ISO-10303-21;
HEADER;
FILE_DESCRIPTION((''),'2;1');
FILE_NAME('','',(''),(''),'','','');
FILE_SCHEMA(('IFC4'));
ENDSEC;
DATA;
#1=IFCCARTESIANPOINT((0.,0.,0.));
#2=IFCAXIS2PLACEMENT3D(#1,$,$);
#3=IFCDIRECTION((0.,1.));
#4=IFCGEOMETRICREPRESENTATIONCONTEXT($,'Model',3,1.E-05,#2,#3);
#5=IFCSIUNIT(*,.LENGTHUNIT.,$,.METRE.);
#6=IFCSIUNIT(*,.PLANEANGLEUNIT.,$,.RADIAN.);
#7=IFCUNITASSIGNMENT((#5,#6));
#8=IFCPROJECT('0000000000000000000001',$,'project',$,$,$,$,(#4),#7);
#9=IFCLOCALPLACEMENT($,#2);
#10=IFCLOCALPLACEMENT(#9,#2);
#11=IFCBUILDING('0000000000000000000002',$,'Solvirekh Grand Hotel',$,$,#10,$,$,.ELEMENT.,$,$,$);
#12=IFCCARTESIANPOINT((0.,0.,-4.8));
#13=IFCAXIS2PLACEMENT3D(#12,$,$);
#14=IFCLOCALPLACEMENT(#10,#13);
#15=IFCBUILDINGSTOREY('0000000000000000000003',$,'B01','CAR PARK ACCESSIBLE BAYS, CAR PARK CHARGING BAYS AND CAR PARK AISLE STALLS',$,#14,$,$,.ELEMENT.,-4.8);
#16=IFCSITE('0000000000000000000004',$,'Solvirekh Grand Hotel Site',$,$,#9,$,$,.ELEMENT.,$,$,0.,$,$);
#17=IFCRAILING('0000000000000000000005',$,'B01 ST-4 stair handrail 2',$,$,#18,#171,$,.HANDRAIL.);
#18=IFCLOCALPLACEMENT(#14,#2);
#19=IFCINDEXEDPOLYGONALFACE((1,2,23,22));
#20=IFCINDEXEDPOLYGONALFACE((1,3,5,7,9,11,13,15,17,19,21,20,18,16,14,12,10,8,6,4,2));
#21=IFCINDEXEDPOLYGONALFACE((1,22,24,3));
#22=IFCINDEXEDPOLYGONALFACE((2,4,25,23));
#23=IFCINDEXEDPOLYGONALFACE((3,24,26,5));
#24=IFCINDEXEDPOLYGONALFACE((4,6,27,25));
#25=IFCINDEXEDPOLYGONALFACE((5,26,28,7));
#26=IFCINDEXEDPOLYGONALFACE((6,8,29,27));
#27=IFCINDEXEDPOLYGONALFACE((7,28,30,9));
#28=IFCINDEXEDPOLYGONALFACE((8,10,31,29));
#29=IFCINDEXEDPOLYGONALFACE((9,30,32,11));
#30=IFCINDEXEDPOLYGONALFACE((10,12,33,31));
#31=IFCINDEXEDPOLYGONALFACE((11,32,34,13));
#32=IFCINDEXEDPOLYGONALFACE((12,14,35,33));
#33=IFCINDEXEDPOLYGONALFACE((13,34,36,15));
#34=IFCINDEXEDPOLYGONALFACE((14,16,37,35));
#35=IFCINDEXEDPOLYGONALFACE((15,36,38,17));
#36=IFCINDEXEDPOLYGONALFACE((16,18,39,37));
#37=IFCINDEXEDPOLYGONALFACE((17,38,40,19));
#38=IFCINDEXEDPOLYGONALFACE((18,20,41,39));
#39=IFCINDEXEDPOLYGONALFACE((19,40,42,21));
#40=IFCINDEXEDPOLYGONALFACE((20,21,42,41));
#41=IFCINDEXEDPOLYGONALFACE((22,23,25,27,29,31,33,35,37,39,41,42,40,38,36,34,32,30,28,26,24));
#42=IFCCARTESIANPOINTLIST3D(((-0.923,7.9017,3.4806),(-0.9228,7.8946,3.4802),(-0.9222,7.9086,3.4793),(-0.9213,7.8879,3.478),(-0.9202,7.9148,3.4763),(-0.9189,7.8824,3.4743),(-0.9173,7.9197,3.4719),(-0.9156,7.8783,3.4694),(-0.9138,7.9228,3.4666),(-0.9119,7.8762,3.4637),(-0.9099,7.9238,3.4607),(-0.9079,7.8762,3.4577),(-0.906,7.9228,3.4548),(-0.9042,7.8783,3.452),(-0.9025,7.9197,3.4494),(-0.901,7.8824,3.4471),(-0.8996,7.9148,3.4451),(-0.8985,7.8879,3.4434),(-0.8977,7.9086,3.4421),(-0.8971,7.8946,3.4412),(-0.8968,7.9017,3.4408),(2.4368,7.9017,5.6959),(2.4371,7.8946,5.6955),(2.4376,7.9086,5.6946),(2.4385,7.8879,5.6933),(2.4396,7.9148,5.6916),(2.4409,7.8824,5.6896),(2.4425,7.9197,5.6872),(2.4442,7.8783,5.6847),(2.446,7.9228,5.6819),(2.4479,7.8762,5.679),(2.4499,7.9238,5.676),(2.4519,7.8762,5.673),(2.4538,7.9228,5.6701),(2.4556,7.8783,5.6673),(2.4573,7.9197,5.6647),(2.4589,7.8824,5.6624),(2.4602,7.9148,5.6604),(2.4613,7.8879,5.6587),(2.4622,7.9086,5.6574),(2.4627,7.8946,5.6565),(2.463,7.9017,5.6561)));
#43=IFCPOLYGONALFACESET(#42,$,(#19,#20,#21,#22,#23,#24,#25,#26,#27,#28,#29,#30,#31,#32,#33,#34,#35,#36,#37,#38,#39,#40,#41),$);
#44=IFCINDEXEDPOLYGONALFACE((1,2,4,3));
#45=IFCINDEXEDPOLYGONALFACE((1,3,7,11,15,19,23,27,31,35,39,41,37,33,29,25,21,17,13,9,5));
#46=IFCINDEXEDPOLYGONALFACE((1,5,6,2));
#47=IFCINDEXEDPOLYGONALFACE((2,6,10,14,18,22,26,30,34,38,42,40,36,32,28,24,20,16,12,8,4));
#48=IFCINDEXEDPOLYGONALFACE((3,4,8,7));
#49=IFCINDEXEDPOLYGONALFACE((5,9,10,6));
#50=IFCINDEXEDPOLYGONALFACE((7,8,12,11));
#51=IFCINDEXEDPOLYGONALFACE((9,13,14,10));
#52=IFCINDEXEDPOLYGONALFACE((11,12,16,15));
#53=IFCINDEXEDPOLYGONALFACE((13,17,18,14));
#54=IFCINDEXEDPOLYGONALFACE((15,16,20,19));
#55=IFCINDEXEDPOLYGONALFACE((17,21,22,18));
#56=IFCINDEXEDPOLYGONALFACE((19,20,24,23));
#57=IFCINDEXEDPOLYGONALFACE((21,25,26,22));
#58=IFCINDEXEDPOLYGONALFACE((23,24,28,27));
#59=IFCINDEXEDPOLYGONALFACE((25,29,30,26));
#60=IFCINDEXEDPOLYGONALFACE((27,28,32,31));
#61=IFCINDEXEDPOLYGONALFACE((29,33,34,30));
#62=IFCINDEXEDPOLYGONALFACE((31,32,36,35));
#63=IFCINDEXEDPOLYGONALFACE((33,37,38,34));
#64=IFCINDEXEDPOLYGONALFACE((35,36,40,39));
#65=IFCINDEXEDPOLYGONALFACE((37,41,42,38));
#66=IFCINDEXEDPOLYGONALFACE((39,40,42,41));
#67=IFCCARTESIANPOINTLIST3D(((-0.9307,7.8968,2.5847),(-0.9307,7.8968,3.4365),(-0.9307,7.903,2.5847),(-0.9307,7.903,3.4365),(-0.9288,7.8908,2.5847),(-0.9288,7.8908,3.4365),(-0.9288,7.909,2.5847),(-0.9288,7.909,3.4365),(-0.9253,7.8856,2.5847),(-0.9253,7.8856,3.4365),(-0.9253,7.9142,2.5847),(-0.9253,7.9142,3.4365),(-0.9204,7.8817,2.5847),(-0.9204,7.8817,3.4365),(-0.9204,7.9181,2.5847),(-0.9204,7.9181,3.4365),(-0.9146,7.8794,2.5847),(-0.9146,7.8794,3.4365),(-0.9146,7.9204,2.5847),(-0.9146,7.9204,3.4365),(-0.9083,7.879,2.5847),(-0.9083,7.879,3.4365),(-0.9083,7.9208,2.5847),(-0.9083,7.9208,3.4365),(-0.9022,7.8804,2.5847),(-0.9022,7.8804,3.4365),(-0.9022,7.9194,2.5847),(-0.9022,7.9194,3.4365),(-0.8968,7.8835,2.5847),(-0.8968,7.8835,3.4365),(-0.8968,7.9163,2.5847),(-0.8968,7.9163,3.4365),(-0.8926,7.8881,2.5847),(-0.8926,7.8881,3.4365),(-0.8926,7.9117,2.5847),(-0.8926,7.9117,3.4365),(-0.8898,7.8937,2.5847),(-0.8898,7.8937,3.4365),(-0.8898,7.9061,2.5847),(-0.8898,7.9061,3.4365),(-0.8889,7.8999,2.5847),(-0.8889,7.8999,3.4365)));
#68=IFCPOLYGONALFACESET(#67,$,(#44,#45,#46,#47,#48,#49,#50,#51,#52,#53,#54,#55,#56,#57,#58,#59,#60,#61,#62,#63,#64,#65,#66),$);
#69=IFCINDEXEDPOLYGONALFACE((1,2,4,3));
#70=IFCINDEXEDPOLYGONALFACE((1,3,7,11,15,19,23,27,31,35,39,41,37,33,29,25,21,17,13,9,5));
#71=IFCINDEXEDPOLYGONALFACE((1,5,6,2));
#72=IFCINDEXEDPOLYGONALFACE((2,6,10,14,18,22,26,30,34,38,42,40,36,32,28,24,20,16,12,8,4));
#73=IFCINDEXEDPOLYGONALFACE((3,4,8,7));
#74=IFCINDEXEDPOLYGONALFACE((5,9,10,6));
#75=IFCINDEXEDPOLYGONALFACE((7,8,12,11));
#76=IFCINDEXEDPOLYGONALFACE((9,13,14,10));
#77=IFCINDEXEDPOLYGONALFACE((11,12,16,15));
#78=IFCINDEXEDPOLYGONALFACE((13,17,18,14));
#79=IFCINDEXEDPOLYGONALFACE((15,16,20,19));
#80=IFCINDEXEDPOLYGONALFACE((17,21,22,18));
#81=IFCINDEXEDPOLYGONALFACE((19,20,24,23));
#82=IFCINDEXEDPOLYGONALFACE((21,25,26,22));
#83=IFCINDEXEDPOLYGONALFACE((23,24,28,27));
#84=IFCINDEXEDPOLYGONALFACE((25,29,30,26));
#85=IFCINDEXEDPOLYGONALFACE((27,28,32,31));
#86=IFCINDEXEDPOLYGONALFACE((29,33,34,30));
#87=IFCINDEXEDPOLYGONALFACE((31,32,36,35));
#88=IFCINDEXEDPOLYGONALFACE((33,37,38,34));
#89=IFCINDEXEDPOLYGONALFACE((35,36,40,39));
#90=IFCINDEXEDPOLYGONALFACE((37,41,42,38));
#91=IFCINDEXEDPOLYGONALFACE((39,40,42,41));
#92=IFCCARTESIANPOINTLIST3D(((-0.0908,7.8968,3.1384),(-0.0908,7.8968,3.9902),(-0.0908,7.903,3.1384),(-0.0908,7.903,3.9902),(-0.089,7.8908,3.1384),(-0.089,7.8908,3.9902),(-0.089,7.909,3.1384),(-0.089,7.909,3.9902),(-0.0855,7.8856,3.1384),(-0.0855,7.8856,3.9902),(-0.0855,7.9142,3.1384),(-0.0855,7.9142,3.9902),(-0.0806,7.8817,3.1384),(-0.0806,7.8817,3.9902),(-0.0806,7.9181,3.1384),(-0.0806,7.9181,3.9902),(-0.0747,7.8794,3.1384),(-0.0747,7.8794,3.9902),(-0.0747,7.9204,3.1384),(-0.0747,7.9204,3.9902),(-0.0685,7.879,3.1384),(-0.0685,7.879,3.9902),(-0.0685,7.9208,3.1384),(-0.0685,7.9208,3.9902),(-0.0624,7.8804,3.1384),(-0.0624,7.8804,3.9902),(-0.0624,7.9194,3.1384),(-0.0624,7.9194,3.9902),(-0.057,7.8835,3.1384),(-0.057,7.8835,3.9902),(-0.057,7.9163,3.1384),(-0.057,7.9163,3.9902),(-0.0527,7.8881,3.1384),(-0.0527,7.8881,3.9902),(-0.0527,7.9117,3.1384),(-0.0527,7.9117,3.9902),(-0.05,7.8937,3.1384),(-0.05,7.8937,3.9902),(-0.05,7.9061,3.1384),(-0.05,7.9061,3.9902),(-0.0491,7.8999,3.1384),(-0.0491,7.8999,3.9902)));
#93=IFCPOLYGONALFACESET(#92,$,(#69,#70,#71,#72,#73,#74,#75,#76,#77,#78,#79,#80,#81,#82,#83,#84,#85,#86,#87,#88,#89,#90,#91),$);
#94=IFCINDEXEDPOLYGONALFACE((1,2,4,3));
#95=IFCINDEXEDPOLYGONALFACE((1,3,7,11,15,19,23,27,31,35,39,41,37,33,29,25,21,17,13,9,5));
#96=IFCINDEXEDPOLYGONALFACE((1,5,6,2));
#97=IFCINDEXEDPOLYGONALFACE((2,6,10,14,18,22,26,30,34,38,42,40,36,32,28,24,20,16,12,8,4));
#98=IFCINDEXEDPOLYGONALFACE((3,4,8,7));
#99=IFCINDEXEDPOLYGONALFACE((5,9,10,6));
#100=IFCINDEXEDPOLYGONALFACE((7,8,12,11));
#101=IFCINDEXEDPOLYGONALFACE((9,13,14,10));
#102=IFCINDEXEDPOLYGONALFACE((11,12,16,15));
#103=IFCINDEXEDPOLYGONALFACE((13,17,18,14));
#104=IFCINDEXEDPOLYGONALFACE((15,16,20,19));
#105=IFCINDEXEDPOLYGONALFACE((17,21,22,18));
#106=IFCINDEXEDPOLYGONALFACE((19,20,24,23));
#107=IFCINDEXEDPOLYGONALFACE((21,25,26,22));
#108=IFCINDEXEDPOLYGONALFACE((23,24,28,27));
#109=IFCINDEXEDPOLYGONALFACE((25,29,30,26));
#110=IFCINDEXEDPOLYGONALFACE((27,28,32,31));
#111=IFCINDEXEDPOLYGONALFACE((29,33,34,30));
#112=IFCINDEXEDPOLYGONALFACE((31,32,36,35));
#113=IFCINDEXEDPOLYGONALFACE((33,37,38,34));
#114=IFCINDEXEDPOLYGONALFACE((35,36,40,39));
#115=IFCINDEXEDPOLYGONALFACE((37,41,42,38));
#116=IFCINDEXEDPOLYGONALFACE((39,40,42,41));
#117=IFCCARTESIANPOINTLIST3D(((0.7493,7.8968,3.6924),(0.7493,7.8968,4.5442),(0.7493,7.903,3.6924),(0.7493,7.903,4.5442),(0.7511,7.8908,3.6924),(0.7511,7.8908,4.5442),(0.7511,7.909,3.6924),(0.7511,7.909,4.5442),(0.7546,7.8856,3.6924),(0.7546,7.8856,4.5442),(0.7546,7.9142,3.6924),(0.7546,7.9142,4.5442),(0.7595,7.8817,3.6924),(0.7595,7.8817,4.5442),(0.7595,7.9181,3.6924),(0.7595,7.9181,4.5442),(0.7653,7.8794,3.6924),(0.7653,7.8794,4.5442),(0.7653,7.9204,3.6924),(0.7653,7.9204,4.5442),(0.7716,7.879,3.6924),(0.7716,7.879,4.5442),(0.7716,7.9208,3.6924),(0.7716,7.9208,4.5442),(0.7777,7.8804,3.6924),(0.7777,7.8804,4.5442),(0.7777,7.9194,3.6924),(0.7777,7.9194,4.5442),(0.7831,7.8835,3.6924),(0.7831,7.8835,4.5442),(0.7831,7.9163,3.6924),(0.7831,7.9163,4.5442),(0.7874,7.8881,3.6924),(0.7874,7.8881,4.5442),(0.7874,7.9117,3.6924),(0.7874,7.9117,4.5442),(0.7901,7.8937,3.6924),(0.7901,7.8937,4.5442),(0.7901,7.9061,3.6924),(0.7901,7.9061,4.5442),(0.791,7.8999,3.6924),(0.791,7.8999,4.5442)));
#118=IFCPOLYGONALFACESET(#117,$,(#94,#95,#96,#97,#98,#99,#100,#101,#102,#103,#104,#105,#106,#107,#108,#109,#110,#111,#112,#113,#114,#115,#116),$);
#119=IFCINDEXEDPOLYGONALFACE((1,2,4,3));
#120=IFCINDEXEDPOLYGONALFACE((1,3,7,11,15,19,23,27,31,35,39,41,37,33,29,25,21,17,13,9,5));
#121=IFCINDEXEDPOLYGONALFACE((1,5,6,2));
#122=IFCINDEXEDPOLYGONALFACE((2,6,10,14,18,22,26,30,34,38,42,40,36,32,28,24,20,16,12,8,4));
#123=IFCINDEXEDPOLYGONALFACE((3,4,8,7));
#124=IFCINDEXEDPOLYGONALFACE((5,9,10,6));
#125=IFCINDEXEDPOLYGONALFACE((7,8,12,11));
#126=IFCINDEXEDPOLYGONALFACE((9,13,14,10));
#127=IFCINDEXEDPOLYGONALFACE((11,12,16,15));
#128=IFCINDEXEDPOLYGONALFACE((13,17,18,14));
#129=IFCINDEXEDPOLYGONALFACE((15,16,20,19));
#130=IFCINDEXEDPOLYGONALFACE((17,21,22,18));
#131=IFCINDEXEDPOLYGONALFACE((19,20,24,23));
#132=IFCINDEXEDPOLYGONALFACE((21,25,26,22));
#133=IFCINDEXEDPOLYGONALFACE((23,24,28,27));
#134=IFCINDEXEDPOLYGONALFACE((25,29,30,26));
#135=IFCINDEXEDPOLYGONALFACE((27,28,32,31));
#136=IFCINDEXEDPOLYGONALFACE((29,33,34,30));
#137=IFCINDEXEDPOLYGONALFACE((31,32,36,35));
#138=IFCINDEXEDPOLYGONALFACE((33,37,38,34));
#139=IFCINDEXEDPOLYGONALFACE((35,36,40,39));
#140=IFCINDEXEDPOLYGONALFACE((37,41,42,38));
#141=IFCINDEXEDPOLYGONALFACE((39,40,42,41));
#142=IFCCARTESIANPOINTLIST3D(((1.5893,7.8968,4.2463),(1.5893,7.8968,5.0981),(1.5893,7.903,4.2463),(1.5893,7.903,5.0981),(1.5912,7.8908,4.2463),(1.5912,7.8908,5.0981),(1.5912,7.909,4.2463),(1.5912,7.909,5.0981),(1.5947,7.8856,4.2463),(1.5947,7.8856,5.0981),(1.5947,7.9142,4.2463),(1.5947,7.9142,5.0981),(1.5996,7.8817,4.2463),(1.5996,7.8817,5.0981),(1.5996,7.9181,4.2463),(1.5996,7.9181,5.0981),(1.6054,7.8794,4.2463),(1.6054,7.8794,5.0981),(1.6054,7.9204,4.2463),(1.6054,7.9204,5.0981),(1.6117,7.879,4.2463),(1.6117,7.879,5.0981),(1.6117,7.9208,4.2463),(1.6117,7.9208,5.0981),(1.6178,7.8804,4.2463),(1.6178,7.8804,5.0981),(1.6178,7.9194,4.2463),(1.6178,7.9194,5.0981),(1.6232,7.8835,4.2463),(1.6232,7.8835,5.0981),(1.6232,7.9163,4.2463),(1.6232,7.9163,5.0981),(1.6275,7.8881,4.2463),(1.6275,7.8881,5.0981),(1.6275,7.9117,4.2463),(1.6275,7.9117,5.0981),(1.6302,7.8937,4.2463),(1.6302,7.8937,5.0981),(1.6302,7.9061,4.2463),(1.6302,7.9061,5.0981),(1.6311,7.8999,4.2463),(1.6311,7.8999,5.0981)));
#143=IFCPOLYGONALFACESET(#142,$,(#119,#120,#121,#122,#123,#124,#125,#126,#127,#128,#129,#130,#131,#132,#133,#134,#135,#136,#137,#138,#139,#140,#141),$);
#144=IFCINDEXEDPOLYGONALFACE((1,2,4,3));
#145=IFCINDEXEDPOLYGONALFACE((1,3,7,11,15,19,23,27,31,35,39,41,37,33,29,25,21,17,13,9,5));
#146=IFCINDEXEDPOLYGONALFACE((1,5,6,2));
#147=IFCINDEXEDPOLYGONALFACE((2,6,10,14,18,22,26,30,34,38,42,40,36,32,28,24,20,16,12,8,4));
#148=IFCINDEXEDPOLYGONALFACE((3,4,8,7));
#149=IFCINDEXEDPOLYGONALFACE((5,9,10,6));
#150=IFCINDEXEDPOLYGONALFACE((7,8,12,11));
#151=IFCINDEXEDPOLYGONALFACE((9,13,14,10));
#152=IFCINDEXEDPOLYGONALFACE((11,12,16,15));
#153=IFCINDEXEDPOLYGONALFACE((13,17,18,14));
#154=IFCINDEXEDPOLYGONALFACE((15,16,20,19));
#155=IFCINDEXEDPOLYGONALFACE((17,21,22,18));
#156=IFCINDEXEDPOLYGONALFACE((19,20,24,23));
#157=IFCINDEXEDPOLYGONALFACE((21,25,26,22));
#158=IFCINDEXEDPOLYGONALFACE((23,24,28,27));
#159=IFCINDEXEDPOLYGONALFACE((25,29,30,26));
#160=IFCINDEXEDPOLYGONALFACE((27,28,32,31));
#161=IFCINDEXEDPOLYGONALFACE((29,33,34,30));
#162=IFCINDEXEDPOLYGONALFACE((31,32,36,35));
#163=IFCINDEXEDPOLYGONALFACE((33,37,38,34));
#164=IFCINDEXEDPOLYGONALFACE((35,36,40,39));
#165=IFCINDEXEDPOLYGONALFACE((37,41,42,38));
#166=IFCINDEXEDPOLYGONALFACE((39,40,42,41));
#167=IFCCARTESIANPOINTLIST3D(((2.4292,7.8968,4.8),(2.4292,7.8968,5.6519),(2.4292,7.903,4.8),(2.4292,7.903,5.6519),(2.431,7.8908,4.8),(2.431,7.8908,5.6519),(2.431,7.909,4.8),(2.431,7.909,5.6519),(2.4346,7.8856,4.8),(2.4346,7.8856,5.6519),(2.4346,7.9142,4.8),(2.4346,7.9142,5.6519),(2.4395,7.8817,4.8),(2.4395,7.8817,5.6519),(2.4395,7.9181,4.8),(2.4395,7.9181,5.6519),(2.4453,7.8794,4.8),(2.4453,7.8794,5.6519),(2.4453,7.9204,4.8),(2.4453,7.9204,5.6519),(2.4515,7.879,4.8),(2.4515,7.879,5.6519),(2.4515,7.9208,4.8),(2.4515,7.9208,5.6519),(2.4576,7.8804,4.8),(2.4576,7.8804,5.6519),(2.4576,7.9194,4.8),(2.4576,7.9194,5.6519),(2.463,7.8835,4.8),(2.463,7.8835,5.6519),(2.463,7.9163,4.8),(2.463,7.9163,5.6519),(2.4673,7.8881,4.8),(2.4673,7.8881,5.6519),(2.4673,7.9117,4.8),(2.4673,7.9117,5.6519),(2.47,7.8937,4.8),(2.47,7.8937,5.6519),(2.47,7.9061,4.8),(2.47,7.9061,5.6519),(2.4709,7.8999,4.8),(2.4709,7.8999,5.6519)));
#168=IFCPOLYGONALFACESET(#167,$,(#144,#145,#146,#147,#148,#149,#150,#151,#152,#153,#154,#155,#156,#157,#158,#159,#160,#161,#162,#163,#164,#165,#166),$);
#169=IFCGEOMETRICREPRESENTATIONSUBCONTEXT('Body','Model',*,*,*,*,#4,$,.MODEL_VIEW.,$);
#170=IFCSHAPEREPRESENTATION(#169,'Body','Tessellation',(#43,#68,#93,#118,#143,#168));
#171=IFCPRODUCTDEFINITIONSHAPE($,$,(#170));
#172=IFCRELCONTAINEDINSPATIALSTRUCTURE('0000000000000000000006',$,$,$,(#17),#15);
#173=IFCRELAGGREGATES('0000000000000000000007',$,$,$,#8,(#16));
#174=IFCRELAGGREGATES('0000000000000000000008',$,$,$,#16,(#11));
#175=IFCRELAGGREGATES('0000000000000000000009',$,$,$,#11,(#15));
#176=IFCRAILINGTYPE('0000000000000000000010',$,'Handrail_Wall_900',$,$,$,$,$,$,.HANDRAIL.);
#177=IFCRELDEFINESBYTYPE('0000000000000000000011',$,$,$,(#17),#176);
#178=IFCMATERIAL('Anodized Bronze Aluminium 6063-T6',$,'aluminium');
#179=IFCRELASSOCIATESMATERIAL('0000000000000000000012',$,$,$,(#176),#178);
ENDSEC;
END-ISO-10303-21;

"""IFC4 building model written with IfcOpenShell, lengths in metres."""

from ifc_helpers import new_model, si_unit, direction, frame, origin, origin_2d, place, context, subcontext, project, spatial, circle, extrude, material, type_object, element, save


model = new_model("IFC4")

# Units and contexts
model_context = context("Model", 3, precision=1e-05, world=origin(), true_north=direction((0.0, 1.0)))
body_context = subcontext(model_context, "Body", "Model", "MODEL_VIEW")
ifc_project = project(units=[si_unit("LENGTHUNIT", "METRE"), si_unit("PLANEANGLEUNIT", "RADIAN")], contexts=[model_context])

# Site, building, storey
site_placement = place(None, origin())
site = spatial("IfcSite", under=ifc_project, at=site_placement, Name="Solvirekh Grand Hotel Site", CompositionType="ELEMENT", RefElevation=0.0)
building_placement = place(site_placement, origin())
building = spatial("IfcBuilding", under=site, at=building_placement, Name="Solvirekh Grand Hotel", CompositionType="ELEMENT")
storey_placement = place(building_placement, frame((0.0, 0.0, -4.8)))
storey = spatial("IfcBuildingStorey", under=building, at=storey_placement, Name="B01", Description="CAR PARK ACCESSIBLE BAYS, CAR PARK CHARGING BAYS AND CAR PARK AISLE STALLS", CompositionType="ELEMENT", Elevation=-4.8)

# Railing
ifc_material_1 = material(Name="Anodized Bronze Aluminium 6063-T6", Category="aluminium")
railing_type_1 = type_object("IfcRailingType", Name="Handrail_Wall_900", PredefinedType="HANDRAIL", material=ifc_material_1)
for number, where, name in (
    (1, (-0.9099, 7.8999, 2.5847), "B01 ST-4 stair handrail 2"),
):
    element("IfcRailing", number, at=place(storey_placement, frame(where)), inside=storey, type_object=railing_type_1, Name=name, PredefinedType="HANDRAIL", context=body_context, shape_type="SweptSolid", body=[
        extrude(circle(Radius=0.0239, at=origin_2d()), frame((0.0, 0.0, 0.876), z_axis=(0.834858, 0.0, 0.550465), x_axis=(0.0, 1.0, 0.0)), (0.0, 0.0, 1.0), 4.0244),
        extrude(circle(Radius=0.021, at=origin_2d()), origin(), (0.0, 0.0, 1.0), 0.8518),
        extrude(circle(Radius=0.021, at=origin_2d()), frame((0.8398, 0.0, 0.5537)), (0.0, 0.0, 1.0), 0.8518),
        extrude(circle(Radius=0.021, at=origin_2d()), frame((1.6799, 0.0, 1.1077)), (0.0, 0.0, 1.0), 0.8518),
        extrude(circle(Radius=0.021, at=origin_2d()), frame((2.52, 0.0, 1.6616)), (0.0, 0.0, 1.0), 0.8518),
        extrude(circle(Radius=0.021, at=origin_2d()), frame((3.3599, 0.0, 2.2153)), (0.0, 0.0, 1.0), 0.8518),
    ])

save(model, "model.ifc")
